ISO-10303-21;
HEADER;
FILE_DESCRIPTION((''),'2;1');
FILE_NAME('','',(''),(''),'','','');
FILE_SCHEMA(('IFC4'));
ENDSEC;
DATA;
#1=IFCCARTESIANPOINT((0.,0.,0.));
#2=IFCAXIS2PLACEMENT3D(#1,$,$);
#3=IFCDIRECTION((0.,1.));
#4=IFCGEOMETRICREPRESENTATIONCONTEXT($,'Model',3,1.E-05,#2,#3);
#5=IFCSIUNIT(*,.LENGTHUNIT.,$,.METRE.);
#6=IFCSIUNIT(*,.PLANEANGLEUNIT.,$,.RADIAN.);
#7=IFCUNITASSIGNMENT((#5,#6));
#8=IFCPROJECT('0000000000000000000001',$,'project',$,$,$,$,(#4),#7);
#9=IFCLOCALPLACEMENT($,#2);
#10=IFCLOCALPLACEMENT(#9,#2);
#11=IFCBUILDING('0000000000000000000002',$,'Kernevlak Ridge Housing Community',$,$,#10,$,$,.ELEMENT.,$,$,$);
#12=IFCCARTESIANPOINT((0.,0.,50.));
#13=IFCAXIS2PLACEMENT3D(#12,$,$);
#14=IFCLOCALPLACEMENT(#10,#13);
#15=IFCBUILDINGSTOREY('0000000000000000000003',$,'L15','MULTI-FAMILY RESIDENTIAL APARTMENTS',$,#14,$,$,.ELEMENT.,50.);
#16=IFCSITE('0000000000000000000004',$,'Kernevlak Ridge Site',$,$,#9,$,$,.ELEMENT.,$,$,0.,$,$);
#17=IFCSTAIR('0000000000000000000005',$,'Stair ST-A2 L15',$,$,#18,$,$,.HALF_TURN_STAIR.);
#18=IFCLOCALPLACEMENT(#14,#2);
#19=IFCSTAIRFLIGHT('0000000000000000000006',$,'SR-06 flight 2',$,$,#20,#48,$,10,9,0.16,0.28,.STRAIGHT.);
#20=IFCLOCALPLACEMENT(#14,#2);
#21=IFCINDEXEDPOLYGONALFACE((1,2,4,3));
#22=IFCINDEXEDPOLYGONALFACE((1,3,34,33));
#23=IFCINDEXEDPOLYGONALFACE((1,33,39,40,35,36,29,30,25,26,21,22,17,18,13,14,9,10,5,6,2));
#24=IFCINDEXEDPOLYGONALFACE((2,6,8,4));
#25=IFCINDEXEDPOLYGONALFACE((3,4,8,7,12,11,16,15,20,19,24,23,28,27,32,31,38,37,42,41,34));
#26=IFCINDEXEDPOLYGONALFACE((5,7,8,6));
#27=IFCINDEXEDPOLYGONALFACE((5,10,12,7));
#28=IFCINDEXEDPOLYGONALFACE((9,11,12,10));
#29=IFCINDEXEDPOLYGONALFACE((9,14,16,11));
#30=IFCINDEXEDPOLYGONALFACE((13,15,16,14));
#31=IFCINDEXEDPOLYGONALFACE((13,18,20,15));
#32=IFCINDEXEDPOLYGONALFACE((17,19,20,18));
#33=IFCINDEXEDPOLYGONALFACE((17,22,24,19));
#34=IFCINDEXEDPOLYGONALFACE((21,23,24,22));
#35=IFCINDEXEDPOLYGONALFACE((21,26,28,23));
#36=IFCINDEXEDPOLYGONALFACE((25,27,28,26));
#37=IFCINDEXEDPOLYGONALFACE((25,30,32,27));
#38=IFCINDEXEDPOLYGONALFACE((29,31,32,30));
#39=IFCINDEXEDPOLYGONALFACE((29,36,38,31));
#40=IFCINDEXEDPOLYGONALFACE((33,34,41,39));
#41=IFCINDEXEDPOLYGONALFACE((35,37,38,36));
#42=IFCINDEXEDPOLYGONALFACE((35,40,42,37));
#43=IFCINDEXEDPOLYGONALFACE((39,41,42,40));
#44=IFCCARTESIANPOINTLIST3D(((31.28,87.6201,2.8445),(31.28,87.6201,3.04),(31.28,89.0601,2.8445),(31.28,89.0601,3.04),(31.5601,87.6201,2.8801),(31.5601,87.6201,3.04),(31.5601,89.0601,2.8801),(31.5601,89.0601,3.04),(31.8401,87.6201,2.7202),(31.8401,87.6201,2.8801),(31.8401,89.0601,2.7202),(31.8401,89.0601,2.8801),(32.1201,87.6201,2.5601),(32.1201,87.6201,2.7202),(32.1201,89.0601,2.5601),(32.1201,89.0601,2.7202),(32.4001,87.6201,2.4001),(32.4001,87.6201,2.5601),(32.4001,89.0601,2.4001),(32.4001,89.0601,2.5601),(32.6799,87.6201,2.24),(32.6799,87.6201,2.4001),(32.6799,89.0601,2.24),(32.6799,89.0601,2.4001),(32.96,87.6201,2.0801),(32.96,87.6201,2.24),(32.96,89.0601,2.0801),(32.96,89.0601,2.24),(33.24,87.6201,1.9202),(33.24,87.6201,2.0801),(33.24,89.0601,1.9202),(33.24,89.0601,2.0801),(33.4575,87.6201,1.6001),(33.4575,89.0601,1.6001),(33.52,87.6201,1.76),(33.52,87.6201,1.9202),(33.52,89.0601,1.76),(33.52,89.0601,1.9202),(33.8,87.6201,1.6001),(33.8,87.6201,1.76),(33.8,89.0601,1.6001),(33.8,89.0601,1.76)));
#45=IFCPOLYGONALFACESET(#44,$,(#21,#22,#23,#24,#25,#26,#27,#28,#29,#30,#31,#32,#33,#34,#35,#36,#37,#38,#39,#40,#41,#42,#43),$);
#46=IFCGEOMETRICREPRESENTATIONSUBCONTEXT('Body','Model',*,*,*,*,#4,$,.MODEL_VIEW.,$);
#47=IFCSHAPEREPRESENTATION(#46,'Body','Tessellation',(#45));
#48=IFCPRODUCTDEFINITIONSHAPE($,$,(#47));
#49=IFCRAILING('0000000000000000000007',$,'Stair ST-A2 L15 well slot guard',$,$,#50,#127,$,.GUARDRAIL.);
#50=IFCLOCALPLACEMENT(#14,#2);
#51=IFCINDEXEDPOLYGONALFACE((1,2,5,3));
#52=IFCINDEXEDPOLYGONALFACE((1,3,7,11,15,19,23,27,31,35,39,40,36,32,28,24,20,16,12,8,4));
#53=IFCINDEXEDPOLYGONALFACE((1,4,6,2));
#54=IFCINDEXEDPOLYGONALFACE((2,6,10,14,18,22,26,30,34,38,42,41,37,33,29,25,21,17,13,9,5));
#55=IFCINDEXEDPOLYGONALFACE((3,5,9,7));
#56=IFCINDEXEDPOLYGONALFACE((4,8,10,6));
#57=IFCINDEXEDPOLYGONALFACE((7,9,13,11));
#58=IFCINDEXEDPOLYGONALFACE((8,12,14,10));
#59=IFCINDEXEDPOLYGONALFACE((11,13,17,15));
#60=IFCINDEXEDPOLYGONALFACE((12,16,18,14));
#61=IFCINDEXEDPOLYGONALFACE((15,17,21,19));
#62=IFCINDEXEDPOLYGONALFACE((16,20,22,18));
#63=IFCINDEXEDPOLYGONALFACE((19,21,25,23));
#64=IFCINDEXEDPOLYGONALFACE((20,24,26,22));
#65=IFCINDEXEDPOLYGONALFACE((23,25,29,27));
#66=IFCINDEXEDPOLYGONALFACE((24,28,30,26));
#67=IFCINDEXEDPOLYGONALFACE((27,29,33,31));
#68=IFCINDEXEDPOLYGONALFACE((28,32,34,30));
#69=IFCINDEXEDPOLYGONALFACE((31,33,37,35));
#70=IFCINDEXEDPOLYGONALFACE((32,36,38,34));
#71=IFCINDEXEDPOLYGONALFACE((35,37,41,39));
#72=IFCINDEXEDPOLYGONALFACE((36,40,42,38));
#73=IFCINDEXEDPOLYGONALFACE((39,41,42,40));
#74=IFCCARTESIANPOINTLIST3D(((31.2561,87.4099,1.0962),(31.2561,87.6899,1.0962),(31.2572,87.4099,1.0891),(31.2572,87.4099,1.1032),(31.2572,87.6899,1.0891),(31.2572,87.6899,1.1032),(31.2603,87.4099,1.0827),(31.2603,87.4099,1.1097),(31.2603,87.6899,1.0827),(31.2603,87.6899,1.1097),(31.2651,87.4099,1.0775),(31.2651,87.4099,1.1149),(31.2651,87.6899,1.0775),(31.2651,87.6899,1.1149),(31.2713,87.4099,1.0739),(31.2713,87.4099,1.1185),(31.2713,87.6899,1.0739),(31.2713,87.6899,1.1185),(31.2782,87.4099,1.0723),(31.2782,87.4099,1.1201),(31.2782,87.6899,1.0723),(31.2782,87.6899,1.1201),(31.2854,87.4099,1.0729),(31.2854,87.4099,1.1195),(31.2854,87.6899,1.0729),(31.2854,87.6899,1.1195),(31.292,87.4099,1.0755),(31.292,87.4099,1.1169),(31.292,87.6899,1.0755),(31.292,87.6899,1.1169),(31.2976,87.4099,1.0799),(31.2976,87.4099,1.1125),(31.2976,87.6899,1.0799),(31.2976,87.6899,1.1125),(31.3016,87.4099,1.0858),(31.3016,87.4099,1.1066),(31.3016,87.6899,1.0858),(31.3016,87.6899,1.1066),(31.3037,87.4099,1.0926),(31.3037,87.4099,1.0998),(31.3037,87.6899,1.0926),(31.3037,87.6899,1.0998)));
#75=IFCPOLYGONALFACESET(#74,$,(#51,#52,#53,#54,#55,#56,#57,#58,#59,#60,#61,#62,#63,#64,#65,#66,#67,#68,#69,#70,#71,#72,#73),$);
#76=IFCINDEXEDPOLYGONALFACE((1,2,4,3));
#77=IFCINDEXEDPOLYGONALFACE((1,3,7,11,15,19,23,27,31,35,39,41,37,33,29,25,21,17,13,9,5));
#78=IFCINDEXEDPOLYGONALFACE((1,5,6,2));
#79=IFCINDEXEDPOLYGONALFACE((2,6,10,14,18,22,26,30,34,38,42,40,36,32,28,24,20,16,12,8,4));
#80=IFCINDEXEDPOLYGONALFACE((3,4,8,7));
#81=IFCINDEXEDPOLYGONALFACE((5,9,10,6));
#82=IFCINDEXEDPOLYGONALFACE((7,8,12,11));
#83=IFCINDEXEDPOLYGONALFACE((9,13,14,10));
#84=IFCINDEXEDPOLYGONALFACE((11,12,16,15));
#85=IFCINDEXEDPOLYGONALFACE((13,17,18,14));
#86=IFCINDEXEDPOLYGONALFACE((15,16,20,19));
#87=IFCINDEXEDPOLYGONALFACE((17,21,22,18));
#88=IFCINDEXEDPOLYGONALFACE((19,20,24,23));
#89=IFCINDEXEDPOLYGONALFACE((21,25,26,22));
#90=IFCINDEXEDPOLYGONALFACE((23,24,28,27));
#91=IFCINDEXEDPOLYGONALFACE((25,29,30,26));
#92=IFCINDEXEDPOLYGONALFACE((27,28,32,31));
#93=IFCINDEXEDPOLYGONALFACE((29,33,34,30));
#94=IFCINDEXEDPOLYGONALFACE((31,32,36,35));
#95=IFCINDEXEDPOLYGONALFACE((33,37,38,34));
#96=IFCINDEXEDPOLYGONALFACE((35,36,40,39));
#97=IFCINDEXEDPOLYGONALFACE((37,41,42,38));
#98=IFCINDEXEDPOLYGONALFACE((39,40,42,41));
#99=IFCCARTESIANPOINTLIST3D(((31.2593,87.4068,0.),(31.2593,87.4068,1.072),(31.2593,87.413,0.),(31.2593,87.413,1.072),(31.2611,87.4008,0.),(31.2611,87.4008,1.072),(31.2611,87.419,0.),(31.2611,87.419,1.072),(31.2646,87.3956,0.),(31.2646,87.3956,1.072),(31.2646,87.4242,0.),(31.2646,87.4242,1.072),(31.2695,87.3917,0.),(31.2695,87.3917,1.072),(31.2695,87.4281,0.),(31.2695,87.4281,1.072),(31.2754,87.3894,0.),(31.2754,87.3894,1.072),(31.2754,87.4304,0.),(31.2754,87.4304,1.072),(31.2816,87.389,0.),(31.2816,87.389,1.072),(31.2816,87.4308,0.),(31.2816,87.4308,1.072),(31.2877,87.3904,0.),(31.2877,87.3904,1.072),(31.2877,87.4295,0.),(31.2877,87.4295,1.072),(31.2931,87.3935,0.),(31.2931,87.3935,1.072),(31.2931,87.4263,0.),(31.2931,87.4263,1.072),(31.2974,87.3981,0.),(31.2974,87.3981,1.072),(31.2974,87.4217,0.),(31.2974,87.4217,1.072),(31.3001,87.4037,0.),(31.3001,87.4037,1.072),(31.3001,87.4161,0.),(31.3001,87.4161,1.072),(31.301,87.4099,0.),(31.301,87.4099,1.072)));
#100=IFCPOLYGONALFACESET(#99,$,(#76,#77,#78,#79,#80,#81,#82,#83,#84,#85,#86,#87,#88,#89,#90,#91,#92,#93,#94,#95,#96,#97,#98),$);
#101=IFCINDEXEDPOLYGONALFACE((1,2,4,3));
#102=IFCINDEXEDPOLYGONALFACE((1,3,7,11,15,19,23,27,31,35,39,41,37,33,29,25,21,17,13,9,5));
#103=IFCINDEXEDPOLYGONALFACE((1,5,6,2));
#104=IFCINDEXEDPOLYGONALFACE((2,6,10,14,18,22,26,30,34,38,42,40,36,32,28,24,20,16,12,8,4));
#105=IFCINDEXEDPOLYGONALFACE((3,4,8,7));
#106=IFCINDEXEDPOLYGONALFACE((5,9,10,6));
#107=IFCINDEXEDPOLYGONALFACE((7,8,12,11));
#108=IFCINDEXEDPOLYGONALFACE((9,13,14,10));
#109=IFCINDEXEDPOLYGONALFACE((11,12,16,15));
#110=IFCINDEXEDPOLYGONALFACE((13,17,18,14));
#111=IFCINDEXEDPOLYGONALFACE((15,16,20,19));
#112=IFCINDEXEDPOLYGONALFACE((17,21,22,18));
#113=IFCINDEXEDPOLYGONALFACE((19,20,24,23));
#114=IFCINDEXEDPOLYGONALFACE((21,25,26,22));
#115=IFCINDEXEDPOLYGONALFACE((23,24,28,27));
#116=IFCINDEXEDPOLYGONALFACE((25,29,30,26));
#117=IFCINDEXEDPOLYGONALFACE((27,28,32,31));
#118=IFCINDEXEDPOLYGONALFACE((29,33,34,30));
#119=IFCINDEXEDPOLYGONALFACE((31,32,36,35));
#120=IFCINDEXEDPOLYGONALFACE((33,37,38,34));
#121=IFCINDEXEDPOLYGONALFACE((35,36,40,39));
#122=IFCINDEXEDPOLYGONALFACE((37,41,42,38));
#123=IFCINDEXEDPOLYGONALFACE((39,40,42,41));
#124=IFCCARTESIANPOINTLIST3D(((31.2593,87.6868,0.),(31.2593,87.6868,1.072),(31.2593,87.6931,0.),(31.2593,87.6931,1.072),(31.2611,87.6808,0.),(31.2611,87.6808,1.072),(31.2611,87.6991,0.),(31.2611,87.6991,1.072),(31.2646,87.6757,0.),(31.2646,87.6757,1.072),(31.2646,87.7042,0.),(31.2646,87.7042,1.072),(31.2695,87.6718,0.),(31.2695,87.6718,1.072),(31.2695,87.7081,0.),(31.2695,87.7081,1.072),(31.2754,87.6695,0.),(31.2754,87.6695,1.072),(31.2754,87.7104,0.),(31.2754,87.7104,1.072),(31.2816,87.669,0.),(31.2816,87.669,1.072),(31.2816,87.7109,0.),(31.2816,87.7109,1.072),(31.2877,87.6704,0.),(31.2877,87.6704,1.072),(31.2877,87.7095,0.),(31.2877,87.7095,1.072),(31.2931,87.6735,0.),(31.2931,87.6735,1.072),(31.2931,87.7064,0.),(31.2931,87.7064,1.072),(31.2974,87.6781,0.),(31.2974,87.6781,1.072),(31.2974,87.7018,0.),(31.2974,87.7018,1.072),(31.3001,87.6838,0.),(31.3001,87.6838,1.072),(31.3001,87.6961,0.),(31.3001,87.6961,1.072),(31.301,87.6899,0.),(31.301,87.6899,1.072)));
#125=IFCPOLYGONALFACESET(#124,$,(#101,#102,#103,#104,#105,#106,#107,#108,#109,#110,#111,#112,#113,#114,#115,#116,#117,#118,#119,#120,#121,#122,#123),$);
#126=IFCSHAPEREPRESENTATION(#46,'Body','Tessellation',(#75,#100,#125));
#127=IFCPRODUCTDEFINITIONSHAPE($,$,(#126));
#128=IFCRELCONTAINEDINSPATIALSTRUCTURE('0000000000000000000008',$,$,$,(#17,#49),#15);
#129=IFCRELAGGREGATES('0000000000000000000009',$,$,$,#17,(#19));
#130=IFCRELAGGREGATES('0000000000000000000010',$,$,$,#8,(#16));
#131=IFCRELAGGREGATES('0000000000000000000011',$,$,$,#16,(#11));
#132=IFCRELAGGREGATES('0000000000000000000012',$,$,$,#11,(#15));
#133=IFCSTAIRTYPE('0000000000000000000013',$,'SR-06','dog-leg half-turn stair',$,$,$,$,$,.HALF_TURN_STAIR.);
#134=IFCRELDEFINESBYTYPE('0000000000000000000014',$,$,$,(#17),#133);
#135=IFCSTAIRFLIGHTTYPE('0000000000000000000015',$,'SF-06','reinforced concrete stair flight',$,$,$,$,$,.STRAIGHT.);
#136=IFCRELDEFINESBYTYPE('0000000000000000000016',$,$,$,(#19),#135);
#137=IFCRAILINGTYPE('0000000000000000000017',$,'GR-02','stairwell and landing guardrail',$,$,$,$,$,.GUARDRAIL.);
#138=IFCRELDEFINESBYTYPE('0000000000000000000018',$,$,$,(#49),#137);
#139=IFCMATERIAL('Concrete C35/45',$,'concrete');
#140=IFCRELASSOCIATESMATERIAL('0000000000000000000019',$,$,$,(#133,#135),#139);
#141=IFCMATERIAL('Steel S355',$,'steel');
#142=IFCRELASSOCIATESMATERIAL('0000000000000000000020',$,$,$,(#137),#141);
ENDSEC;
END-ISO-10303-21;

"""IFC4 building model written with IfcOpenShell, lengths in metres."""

from ifc_helpers import new_model, si_unit, direction, frame, origin, origin_2d, place, context, subcontext, project, spatial, polyline, circle, outline, extrude, material, type_object, element, aggregate, save


model = new_model("IFC4")

# Units and contexts
model_context = context("Model", 3, precision=1e-05, world=origin(), true_north=direction((0.0, 1.0)))
body_context = subcontext(model_context, "Body", "Model", "MODEL_VIEW")
ifc_project = project(units=[si_unit("LENGTHUNIT", "METRE"), si_unit("PLANEANGLEUNIT", "RADIAN")], contexts=[model_context])

# Site, building, storey
site_placement = place(None, origin())
site = spatial("IfcSite", under=ifc_project, at=site_placement, Name="Kernevlak Ridge Site", CompositionType="ELEMENT", RefElevation=0.0)
building_placement = place(site_placement, origin())
building = spatial("IfcBuilding", under=site, at=building_placement, Name="Kernevlak Ridge Housing Community", CompositionType="ELEMENT")
storey_placement = place(building_placement, frame((0.0, 0.0, 50.0)))
storey = spatial("IfcBuildingStorey", under=building, at=storey_placement, Name="L15", Description="MULTI-FAMILY RESIDENTIAL APARTMENTS", CompositionType="ELEMENT", Elevation=50.0)

# Shared definitions
ifc_material_1 = material(Name="Concrete C35/45", Category="concrete")

# Stair, stair flight
stair_type = type_object("IfcStairType", Name="SR-06", Description="dog-leg half-turn stair", PredefinedType="HALF_TURN_STAIR", material=ifc_material_1)
stair_placement = place(storey_placement, origin())
stair = element("IfcStair", 1, at=stair_placement, inside=storey, type_object=stair_type, Name="Stair ST-A2 L15", PredefinedType="HALF_TURN_STAIR")
stair_flight_type = type_object("IfcStairFlightType", Name="SF-06", Description="reinforced concrete stair flight", PredefinedType="STRAIGHT", material=ifc_material_1)
stair_flight_1_placement = place(storey_placement, frame((33.8, 88.3401, 1.6001), z_axis=(0.0, 0.0, 1.0), x_axis=(-1.0, 0.0, 0.0)))
stair_flight_1 = element("IfcStairFlight", 2, at=stair_flight_1_placement, type_object=stair_flight_type, Name="SR-06 flight 2", NumberOfRisers=10, NumberOfTreads=9, PredefinedType="STRAIGHT", RiserHeight=0.16, TreadLength=0.28, context=body_context, shape_type="SweptSolid", body=[
    extrude(outline(polyline([(0.0, 0.0), (0.0, 0.1599), (0.28, 0.1599), (0.28, 0.3201), (0.5601, 0.3201), (0.5601, 0.48), (0.8401, 0.48), (0.8401, 0.6399), (1.1201, 0.6399), (1.1201, 0.8), (1.3999, 0.8), (1.3999, 0.96), (1.6799, 0.96), (1.6799, 1.1201), (1.96, 1.1201), (1.96, 1.28), (2.24, 1.28), (2.24, 1.4399), (2.52, 1.4399), (2.52, 1.6001), (2.52, 1.2444), (0.3425, 0.0), (0.0, 0.0)])), frame((0.0, 0.72, 0.0), z_axis=(0.0, -1.0, 0.0), x_axis=(1.0, 0.0, 0.0)), (0.0, 0.0, 1.0), 1.4399),
])
aggregate(stair, [stair_flight_1])

# Railing
ifc_material_2 = material(Name="Steel S355", Category="steel")
railing_type_1 = type_object("IfcRailingType", Name="GR-02", Description="stairwell and landing guardrail", PredefinedType="GUARDRAIL", material=ifc_material_2)
railing_1_placement = place(storey_placement, frame((31.28, 87.4099, 0.0)))
element("IfcRailing", 3, at=railing_1_placement, inside=storey, type_object=railing_type_1, Name="Stair ST-A2 L15 well slot guard", PredefinedType="GUARDRAIL", context=body_context, shape_type="SweptSolid", body=[
    extrude(circle(Radius=0.0239, at=origin_2d()), frame((0.0, 0.0, 1.0962), z_axis=(0.0, 1.0, 0.0), x_axis=(-1.0, 0.0, 0.0)), (0.0, 0.0, 1.0), 0.28),
    extrude(circle(Radius=0.021, at=origin_2d()), origin(), (0.0, 0.0, 1.0), 1.072),
    extrude(circle(Radius=0.021, at=origin_2d()), frame((0.0, 0.28, 0.0)), (0.0, 0.0, 1.0), 1.072),
])

save(model, "model.ifc")
